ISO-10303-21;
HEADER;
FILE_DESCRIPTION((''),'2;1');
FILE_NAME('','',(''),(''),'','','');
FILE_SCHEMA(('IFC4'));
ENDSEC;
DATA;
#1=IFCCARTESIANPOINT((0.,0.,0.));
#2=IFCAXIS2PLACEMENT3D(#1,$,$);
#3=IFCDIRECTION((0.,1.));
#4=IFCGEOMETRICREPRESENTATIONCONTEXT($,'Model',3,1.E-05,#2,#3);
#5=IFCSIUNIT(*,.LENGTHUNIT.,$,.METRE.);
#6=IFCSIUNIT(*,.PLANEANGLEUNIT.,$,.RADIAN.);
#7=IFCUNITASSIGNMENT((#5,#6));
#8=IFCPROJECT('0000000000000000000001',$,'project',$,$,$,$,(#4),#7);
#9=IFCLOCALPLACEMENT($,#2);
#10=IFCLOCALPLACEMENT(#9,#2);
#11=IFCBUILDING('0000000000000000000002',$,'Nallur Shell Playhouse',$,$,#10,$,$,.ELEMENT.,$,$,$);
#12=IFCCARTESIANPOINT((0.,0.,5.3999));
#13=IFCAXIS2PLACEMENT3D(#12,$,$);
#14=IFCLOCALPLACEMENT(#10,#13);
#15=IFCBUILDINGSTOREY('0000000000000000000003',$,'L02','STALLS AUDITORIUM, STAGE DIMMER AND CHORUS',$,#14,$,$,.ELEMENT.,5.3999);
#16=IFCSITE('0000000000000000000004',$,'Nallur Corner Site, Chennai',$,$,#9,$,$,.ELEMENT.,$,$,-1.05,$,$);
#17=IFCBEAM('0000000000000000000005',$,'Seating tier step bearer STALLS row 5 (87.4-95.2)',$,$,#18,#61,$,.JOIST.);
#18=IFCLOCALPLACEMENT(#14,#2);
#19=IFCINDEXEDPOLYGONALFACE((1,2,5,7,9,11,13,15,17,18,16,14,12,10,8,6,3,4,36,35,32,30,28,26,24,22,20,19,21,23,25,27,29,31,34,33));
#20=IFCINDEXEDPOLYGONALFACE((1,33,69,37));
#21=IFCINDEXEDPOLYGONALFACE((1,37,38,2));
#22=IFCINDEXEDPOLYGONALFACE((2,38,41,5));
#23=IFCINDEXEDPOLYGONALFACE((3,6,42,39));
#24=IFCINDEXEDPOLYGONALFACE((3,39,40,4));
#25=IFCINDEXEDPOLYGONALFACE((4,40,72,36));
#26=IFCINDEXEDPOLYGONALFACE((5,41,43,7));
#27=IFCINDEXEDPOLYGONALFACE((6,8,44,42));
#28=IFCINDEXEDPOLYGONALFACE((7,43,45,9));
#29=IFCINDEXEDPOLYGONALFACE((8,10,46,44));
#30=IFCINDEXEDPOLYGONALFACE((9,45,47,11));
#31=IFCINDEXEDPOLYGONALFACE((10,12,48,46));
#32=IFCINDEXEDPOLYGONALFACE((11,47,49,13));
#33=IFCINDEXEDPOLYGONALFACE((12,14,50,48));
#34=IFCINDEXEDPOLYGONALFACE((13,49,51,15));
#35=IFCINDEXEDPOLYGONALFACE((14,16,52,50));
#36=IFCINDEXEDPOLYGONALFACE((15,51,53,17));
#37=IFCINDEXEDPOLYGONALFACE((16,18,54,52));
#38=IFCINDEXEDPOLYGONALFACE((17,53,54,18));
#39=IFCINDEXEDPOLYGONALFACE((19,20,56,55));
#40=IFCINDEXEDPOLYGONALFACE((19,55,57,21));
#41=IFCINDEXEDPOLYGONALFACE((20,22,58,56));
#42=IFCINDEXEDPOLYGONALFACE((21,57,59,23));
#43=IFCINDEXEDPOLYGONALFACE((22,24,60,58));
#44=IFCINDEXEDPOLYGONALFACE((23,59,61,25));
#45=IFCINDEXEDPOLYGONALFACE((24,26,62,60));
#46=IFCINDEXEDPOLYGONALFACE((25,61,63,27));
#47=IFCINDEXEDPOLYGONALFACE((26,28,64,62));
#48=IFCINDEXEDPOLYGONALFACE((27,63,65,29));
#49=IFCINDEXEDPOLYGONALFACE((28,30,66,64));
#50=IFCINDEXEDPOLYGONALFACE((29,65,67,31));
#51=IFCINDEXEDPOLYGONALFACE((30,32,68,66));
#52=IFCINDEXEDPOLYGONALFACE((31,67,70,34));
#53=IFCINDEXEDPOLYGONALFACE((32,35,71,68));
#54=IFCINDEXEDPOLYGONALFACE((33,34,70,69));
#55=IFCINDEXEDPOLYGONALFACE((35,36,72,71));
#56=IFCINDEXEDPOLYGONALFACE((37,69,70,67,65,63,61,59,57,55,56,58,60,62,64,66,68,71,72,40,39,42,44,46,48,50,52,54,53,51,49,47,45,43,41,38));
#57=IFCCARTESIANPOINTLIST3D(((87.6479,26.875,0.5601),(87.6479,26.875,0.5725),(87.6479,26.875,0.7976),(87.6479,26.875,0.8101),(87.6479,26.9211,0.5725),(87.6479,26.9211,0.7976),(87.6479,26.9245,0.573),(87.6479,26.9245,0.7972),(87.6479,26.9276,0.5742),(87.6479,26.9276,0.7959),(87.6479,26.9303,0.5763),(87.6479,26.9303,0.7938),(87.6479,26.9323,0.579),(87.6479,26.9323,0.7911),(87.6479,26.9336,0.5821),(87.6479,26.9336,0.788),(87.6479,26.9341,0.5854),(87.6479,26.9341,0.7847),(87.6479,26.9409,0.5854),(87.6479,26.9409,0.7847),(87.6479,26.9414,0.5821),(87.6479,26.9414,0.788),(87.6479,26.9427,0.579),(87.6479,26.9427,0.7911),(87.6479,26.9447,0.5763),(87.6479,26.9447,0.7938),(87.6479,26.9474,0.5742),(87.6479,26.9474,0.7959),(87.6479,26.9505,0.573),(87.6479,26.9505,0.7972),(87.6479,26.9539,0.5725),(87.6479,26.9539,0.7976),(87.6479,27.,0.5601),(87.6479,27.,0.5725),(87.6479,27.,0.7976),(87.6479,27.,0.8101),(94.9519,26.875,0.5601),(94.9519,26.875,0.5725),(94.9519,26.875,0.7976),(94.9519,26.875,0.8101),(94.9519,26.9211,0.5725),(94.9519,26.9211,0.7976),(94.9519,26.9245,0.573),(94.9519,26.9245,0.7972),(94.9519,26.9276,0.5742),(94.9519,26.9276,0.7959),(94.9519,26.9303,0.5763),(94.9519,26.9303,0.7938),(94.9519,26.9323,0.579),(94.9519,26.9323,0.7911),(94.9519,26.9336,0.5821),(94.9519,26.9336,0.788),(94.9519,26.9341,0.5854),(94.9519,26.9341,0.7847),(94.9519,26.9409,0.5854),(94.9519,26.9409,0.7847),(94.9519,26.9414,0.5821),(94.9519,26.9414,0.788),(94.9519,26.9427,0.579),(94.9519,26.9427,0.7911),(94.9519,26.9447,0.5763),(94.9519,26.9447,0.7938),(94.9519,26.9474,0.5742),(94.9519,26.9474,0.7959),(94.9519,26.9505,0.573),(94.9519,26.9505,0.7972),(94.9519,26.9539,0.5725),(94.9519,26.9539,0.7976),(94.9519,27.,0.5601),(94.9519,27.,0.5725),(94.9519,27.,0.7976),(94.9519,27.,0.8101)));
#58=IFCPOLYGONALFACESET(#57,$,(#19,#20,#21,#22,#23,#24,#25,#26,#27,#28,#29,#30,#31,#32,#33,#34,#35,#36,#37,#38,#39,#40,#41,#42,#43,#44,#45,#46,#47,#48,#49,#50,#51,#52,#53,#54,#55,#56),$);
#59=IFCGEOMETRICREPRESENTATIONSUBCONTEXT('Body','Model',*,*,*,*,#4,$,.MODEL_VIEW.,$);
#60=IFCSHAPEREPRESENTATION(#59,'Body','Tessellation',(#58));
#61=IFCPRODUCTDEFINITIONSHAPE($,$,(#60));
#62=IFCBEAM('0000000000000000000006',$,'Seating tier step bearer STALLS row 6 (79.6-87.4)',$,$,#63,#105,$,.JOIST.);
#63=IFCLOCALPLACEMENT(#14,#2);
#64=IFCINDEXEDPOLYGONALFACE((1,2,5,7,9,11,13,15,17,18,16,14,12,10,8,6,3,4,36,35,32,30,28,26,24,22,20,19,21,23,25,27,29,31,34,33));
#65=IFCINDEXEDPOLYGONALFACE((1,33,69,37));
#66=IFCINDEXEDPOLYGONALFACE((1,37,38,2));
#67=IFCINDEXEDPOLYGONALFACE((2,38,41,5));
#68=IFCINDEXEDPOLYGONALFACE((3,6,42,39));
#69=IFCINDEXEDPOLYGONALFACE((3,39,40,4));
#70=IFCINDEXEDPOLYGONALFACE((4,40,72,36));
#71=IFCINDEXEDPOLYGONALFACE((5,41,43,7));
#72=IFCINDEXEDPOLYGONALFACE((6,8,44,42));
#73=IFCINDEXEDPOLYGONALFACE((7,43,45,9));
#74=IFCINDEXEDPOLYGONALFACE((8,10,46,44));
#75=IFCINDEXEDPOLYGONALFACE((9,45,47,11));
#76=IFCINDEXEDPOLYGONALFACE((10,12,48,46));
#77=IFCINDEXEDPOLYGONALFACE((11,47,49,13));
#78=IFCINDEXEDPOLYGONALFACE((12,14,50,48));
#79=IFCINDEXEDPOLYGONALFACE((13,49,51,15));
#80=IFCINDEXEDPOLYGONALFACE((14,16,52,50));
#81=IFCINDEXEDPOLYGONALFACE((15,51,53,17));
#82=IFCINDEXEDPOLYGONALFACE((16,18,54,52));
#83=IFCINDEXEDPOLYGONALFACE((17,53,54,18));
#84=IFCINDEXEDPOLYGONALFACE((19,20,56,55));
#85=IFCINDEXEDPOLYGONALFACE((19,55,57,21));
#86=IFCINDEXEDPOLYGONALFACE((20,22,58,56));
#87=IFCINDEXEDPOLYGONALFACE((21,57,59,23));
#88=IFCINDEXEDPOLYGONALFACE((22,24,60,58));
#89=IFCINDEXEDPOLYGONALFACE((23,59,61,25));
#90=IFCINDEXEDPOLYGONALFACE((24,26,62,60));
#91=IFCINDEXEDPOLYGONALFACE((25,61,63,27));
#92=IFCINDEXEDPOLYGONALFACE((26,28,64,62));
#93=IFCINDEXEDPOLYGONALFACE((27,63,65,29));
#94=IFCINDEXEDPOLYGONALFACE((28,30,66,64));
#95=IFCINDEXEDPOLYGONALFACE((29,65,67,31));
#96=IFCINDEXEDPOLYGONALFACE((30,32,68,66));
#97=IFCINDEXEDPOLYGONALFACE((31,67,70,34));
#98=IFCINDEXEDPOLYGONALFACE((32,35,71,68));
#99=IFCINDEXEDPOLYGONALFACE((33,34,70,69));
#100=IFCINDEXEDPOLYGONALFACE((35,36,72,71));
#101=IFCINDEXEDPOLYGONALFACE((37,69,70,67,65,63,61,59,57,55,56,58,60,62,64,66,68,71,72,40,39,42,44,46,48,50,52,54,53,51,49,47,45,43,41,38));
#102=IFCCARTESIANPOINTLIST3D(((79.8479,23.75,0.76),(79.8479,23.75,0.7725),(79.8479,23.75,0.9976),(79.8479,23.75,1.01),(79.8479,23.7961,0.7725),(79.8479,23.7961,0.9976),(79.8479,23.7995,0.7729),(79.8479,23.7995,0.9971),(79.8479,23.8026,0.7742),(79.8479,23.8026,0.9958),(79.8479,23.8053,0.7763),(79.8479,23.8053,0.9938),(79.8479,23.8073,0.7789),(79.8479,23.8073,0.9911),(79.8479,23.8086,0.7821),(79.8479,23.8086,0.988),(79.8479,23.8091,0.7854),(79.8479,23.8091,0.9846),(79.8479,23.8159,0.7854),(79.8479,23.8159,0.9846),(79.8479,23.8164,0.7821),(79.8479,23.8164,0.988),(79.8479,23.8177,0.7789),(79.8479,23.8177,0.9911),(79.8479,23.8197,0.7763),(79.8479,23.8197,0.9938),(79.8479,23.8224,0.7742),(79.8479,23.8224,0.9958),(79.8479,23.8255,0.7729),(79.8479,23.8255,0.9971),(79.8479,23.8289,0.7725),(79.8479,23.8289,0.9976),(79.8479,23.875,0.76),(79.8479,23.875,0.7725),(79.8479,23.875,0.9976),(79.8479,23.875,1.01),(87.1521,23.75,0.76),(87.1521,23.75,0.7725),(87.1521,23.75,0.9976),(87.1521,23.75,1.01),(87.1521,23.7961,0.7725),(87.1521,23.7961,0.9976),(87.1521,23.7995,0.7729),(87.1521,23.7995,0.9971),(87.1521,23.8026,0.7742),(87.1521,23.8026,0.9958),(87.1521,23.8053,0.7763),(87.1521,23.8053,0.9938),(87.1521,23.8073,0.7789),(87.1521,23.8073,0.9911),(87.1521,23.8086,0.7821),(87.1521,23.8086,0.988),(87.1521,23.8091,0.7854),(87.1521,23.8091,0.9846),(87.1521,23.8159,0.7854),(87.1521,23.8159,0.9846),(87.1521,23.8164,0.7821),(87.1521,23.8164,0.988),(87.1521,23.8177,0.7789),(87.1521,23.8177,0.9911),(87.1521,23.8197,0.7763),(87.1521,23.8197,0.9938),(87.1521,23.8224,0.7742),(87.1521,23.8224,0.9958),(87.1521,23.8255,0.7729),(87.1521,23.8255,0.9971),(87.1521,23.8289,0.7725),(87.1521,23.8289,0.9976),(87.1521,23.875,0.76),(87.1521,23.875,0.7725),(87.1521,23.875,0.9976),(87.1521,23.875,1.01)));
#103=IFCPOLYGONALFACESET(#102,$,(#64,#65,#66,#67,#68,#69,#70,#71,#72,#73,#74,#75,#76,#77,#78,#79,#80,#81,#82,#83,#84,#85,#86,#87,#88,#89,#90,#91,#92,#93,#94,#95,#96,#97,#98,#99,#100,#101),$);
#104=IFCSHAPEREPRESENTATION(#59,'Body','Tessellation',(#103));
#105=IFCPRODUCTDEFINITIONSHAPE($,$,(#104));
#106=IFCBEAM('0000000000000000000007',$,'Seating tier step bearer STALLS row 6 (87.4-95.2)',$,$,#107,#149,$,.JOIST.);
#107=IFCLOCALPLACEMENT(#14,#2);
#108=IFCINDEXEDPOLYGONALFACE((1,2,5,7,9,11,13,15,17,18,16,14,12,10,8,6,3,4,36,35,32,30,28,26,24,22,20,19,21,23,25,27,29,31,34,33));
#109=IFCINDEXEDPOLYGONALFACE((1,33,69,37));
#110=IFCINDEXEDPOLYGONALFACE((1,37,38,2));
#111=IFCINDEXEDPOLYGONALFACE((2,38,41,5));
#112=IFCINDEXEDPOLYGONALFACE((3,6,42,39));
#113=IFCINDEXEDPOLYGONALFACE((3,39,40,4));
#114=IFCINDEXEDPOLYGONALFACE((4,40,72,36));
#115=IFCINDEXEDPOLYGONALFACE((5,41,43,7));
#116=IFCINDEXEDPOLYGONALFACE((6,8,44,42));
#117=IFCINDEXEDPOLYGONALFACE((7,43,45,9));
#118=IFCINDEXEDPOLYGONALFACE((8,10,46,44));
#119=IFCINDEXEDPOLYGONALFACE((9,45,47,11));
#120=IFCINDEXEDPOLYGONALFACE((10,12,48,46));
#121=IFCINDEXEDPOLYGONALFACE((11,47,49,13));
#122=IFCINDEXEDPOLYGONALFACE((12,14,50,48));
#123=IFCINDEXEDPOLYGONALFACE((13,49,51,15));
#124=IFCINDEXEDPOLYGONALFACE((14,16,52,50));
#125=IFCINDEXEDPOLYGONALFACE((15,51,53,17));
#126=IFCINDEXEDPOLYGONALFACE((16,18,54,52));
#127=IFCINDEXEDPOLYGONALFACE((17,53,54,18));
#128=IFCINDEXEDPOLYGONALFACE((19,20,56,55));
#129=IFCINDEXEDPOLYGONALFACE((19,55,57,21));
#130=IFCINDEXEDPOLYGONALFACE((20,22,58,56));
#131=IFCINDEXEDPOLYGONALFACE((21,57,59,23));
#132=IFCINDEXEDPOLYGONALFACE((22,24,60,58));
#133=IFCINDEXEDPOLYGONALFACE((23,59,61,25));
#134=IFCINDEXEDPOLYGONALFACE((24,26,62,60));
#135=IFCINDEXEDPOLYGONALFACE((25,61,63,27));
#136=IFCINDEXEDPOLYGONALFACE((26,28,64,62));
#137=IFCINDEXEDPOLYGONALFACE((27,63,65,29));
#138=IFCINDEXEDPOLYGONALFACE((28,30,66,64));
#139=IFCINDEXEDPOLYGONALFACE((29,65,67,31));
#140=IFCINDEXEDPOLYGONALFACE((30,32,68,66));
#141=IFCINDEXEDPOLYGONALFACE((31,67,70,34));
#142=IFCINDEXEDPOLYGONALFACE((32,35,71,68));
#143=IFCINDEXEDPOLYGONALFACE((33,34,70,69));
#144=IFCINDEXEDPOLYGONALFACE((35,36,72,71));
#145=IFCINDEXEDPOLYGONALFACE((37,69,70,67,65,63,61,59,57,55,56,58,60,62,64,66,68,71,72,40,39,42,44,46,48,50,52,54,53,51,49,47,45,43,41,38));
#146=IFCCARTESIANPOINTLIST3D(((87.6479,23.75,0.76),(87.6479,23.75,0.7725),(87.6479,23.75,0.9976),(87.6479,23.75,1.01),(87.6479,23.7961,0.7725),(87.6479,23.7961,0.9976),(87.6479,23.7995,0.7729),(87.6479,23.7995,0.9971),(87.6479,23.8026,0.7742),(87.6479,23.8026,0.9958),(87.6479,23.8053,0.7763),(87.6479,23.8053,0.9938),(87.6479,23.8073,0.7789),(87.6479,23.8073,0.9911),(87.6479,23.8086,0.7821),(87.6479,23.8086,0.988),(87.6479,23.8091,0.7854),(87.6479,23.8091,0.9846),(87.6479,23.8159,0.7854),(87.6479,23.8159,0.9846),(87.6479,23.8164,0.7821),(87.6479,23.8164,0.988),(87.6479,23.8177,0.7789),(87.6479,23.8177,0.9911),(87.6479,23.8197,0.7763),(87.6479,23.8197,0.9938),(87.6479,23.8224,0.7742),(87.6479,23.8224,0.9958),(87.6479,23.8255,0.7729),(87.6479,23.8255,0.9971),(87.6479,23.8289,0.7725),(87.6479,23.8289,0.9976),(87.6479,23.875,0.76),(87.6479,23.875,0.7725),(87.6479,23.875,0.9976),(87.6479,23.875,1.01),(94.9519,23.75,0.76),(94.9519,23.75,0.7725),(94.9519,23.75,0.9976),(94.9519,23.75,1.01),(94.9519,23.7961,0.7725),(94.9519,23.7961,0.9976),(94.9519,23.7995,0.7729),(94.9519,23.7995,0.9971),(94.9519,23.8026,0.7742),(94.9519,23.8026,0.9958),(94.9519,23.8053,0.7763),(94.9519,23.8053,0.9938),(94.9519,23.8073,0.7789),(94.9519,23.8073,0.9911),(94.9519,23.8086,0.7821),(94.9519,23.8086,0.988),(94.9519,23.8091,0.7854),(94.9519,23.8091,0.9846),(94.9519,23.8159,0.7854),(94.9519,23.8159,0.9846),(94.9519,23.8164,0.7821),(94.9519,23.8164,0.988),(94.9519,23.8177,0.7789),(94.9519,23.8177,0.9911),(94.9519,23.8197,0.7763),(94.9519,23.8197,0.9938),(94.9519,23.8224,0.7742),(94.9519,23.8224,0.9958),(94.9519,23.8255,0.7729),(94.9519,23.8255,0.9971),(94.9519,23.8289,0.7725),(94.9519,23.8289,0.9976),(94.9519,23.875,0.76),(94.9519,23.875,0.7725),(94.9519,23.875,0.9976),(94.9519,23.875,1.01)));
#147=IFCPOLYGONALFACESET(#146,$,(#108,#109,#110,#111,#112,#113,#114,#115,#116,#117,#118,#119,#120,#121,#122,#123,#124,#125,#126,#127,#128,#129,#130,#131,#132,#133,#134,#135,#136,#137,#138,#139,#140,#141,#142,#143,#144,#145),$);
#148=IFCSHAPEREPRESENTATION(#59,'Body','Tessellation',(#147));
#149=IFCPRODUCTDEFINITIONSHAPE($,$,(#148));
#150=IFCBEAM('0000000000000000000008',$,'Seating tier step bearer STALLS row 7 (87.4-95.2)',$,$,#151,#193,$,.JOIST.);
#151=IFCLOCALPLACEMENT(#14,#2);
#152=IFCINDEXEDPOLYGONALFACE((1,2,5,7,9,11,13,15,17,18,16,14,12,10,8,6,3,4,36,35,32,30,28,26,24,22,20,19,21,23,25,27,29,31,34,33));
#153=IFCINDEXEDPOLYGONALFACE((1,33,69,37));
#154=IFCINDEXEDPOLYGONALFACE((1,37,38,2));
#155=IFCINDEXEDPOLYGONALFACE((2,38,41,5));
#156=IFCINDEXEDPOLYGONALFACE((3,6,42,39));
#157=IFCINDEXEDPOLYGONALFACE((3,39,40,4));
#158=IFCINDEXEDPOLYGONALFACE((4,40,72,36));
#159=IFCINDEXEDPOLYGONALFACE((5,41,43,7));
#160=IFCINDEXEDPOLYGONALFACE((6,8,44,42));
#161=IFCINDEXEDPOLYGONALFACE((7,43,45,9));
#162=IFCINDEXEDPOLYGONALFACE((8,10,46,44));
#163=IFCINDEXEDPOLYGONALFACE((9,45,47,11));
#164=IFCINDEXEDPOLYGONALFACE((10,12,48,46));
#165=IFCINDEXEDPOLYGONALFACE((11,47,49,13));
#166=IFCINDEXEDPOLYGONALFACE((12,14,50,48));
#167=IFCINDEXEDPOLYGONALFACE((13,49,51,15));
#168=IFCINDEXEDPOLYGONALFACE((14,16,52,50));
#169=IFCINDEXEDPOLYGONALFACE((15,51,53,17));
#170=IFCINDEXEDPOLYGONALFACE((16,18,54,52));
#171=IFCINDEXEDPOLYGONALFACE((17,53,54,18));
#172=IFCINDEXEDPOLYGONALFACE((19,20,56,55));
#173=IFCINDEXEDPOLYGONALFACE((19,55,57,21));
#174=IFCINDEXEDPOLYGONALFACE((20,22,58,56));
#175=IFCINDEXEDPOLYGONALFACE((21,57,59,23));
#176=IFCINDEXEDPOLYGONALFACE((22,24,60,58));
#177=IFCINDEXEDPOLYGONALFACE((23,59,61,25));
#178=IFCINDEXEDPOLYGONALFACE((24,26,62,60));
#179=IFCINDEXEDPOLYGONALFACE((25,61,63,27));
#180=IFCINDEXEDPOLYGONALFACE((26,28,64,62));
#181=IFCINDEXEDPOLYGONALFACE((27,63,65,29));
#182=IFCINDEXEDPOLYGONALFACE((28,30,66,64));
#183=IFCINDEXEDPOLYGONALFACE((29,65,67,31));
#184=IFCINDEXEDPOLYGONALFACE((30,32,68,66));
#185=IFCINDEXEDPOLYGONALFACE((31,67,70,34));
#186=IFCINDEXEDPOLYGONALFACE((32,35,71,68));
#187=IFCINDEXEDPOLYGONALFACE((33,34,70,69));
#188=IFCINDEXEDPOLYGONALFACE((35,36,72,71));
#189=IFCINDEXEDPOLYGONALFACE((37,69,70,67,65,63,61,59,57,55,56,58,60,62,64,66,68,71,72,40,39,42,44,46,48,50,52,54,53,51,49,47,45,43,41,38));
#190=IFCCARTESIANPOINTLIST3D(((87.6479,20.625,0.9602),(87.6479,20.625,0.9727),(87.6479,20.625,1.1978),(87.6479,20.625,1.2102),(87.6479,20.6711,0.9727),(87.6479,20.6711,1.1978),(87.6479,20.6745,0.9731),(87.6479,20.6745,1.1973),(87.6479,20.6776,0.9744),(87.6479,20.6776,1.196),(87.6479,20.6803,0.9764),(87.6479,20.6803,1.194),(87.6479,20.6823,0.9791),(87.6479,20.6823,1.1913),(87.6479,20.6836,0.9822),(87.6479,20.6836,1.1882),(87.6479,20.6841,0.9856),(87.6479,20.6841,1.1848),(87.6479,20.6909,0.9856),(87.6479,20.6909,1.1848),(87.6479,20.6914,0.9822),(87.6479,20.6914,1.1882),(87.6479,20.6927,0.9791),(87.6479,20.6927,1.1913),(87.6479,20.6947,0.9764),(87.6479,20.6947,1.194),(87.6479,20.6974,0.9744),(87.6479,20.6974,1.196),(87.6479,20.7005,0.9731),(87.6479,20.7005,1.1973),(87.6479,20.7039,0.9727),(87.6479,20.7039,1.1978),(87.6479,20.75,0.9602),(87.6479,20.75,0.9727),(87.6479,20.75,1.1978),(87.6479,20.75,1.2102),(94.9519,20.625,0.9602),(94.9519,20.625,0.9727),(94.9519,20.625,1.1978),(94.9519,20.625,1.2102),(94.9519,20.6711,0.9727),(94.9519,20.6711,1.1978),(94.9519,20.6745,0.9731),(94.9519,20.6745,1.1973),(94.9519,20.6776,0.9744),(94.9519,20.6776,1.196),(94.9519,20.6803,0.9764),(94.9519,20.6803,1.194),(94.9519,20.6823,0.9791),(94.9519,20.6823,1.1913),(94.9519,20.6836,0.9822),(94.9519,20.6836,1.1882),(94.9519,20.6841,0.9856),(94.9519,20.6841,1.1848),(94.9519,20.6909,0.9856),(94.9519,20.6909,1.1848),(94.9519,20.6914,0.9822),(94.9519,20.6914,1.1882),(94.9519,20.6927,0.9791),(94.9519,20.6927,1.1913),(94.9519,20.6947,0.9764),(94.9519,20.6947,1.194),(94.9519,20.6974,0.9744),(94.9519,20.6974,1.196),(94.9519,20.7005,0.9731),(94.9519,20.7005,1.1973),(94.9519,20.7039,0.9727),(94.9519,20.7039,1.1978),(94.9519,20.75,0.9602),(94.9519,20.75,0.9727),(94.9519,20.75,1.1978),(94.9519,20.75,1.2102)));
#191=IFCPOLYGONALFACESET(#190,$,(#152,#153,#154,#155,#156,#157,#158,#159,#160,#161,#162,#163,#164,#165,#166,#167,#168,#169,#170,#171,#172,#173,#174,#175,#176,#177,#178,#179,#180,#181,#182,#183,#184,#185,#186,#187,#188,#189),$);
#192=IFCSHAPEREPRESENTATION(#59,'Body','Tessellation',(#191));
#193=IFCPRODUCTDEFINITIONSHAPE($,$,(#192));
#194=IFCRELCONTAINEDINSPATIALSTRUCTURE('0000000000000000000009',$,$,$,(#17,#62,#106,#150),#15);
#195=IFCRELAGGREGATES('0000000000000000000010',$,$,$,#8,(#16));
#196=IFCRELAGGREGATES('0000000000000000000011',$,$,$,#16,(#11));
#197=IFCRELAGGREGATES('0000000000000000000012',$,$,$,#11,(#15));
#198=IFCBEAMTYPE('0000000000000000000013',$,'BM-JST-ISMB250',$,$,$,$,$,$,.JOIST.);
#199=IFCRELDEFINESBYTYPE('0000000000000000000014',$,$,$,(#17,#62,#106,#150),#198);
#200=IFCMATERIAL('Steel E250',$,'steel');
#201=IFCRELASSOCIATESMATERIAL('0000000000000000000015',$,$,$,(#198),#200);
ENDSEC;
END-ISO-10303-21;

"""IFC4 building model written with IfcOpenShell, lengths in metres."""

from ifc_helpers import new_model, si_unit, direction, frame, origin, origin_2d, place, context, subcontext, project, spatial, i_section, extrude, material, material_profile, profile_set, type_object, element, save


model = new_model("IFC4")

# Units and contexts
model_context = context("Model", 3, precision=1e-05, world=origin(), true_north=direction((0.0, 1.0)))
body_context = subcontext(model_context, "Body", "Model", "MODEL_VIEW")
ifc_project = project(units=[si_unit("LENGTHUNIT", "METRE"), si_unit("PLANEANGLEUNIT", "RADIAN")], contexts=[model_context])

# Site, building, storey
site_placement = place(None, origin())
site = spatial("IfcSite", under=ifc_project, at=site_placement, Name="Nallur Corner Site, Chennai", CompositionType="ELEMENT", RefElevation=-1.05)
building_placement = place(site_placement, origin())
building = spatial("IfcBuilding", under=site, at=building_placement, Name="Nallur Shell Playhouse", CompositionType="ELEMENT")
storey_placement = place(building_placement, frame((0.0, 0.0, 5.3999)))
storey = spatial("IfcBuildingStorey", under=building, at=storey_placement, Name="L02", Description="STALLS AUDITORIUM, STAGE DIMMER AND CHORUS", CompositionType="ELEMENT", Elevation=5.3999)

# Beams
ifc_material_1 = material(Name="Steel E250", Category="steel")
ifc_material_profile_1 = material_profile(ifc_material_1, i_section(OverallWidth=0.125, OverallDepth=0.25, WebThickness=0.0068, FlangeThickness=0.0125, FilletRadius=0.0129, at=origin_2d()), Name="ISMB 250")
ifc_profile_set_1 = profile_set([ifc_material_profile_1], Name="Steel E250")
beam_type_1 = type_object("IfcBeamType", Name="BM-JST-ISMB250", PredefinedType="JOIST", material=ifc_profile_set_1)
beam_1_placement = place(storey_placement, frame((87.6479, 26.9375, 0.6851), z_axis=(1.0, 0.0, 0.0), x_axis=(0.0, 1.0, 0.0)))
element("IfcBeam", 1, at=beam_1_placement, inside=storey, type_object=beam_type_1, Name="Seating tier step bearer STALLS row 5 (87.4-95.2)", PredefinedType="JOIST", context=body_context, shape_type="SweptSolid", body=[
    extrude(i_section(OverallWidth=0.125, OverallDepth=0.25, WebThickness=0.0068, FlangeThickness=0.0125, FilletRadius=0.0129, at=origin_2d()), origin(), (0.0, 0.0, 1.0), 7.304),
])
beam_2_placement = place(storey_placement, frame((79.8479, 23.8125, 0.885), z_axis=(1.0, 0.0, 0.0), x_axis=(0.0, 1.0, 0.0)))
element("IfcBeam", 2, at=beam_2_placement, inside=storey, type_object=beam_type_1, Name="Seating tier step bearer STALLS row 6 (79.6-87.4)", PredefinedType="JOIST", context=body_context, shape_type="SweptSolid", body=[
    extrude(i_section(OverallWidth=0.125, OverallDepth=0.25, WebThickness=0.0068, FlangeThickness=0.0125, FilletRadius=0.0129, at=origin_2d()), origin(), (0.0, 0.0, 1.0), 7.3042),
])
for number, where, z_axis, x_axis, name in (
    (3, (87.6479, 23.8125, 0.885), (1.0, 0.0, 0.0), (0.0, 1.0, 0.0), "Seating tier step bearer STALLS row 6 (87.4-95.2)"),
    (4, (87.6479, 20.6875, 1.0852), (1.0, 0.0, 0.0), (0.0, 1.0, 0.0), "Seating tier step bearer STALLS row 7 (87.4-95.2)"),
):
    element("IfcBeam", number, at=place(storey_placement, frame(where, z_axis=z_axis, x_axis=x_axis)), inside=storey, type_object=beam_type_1, Name=name, PredefinedType="JOIST", context=body_context, shape_type="SweptSolid", body=[
        extrude(i_section(OverallWidth=0.125, OverallDepth=0.25, WebThickness=0.0068, FlangeThickness=0.0125, FilletRadius=0.0129, at=origin_2d()), origin(), (0.0, 0.0, 1.0), 7.304),
    ])

save(model, "model.ifc")
